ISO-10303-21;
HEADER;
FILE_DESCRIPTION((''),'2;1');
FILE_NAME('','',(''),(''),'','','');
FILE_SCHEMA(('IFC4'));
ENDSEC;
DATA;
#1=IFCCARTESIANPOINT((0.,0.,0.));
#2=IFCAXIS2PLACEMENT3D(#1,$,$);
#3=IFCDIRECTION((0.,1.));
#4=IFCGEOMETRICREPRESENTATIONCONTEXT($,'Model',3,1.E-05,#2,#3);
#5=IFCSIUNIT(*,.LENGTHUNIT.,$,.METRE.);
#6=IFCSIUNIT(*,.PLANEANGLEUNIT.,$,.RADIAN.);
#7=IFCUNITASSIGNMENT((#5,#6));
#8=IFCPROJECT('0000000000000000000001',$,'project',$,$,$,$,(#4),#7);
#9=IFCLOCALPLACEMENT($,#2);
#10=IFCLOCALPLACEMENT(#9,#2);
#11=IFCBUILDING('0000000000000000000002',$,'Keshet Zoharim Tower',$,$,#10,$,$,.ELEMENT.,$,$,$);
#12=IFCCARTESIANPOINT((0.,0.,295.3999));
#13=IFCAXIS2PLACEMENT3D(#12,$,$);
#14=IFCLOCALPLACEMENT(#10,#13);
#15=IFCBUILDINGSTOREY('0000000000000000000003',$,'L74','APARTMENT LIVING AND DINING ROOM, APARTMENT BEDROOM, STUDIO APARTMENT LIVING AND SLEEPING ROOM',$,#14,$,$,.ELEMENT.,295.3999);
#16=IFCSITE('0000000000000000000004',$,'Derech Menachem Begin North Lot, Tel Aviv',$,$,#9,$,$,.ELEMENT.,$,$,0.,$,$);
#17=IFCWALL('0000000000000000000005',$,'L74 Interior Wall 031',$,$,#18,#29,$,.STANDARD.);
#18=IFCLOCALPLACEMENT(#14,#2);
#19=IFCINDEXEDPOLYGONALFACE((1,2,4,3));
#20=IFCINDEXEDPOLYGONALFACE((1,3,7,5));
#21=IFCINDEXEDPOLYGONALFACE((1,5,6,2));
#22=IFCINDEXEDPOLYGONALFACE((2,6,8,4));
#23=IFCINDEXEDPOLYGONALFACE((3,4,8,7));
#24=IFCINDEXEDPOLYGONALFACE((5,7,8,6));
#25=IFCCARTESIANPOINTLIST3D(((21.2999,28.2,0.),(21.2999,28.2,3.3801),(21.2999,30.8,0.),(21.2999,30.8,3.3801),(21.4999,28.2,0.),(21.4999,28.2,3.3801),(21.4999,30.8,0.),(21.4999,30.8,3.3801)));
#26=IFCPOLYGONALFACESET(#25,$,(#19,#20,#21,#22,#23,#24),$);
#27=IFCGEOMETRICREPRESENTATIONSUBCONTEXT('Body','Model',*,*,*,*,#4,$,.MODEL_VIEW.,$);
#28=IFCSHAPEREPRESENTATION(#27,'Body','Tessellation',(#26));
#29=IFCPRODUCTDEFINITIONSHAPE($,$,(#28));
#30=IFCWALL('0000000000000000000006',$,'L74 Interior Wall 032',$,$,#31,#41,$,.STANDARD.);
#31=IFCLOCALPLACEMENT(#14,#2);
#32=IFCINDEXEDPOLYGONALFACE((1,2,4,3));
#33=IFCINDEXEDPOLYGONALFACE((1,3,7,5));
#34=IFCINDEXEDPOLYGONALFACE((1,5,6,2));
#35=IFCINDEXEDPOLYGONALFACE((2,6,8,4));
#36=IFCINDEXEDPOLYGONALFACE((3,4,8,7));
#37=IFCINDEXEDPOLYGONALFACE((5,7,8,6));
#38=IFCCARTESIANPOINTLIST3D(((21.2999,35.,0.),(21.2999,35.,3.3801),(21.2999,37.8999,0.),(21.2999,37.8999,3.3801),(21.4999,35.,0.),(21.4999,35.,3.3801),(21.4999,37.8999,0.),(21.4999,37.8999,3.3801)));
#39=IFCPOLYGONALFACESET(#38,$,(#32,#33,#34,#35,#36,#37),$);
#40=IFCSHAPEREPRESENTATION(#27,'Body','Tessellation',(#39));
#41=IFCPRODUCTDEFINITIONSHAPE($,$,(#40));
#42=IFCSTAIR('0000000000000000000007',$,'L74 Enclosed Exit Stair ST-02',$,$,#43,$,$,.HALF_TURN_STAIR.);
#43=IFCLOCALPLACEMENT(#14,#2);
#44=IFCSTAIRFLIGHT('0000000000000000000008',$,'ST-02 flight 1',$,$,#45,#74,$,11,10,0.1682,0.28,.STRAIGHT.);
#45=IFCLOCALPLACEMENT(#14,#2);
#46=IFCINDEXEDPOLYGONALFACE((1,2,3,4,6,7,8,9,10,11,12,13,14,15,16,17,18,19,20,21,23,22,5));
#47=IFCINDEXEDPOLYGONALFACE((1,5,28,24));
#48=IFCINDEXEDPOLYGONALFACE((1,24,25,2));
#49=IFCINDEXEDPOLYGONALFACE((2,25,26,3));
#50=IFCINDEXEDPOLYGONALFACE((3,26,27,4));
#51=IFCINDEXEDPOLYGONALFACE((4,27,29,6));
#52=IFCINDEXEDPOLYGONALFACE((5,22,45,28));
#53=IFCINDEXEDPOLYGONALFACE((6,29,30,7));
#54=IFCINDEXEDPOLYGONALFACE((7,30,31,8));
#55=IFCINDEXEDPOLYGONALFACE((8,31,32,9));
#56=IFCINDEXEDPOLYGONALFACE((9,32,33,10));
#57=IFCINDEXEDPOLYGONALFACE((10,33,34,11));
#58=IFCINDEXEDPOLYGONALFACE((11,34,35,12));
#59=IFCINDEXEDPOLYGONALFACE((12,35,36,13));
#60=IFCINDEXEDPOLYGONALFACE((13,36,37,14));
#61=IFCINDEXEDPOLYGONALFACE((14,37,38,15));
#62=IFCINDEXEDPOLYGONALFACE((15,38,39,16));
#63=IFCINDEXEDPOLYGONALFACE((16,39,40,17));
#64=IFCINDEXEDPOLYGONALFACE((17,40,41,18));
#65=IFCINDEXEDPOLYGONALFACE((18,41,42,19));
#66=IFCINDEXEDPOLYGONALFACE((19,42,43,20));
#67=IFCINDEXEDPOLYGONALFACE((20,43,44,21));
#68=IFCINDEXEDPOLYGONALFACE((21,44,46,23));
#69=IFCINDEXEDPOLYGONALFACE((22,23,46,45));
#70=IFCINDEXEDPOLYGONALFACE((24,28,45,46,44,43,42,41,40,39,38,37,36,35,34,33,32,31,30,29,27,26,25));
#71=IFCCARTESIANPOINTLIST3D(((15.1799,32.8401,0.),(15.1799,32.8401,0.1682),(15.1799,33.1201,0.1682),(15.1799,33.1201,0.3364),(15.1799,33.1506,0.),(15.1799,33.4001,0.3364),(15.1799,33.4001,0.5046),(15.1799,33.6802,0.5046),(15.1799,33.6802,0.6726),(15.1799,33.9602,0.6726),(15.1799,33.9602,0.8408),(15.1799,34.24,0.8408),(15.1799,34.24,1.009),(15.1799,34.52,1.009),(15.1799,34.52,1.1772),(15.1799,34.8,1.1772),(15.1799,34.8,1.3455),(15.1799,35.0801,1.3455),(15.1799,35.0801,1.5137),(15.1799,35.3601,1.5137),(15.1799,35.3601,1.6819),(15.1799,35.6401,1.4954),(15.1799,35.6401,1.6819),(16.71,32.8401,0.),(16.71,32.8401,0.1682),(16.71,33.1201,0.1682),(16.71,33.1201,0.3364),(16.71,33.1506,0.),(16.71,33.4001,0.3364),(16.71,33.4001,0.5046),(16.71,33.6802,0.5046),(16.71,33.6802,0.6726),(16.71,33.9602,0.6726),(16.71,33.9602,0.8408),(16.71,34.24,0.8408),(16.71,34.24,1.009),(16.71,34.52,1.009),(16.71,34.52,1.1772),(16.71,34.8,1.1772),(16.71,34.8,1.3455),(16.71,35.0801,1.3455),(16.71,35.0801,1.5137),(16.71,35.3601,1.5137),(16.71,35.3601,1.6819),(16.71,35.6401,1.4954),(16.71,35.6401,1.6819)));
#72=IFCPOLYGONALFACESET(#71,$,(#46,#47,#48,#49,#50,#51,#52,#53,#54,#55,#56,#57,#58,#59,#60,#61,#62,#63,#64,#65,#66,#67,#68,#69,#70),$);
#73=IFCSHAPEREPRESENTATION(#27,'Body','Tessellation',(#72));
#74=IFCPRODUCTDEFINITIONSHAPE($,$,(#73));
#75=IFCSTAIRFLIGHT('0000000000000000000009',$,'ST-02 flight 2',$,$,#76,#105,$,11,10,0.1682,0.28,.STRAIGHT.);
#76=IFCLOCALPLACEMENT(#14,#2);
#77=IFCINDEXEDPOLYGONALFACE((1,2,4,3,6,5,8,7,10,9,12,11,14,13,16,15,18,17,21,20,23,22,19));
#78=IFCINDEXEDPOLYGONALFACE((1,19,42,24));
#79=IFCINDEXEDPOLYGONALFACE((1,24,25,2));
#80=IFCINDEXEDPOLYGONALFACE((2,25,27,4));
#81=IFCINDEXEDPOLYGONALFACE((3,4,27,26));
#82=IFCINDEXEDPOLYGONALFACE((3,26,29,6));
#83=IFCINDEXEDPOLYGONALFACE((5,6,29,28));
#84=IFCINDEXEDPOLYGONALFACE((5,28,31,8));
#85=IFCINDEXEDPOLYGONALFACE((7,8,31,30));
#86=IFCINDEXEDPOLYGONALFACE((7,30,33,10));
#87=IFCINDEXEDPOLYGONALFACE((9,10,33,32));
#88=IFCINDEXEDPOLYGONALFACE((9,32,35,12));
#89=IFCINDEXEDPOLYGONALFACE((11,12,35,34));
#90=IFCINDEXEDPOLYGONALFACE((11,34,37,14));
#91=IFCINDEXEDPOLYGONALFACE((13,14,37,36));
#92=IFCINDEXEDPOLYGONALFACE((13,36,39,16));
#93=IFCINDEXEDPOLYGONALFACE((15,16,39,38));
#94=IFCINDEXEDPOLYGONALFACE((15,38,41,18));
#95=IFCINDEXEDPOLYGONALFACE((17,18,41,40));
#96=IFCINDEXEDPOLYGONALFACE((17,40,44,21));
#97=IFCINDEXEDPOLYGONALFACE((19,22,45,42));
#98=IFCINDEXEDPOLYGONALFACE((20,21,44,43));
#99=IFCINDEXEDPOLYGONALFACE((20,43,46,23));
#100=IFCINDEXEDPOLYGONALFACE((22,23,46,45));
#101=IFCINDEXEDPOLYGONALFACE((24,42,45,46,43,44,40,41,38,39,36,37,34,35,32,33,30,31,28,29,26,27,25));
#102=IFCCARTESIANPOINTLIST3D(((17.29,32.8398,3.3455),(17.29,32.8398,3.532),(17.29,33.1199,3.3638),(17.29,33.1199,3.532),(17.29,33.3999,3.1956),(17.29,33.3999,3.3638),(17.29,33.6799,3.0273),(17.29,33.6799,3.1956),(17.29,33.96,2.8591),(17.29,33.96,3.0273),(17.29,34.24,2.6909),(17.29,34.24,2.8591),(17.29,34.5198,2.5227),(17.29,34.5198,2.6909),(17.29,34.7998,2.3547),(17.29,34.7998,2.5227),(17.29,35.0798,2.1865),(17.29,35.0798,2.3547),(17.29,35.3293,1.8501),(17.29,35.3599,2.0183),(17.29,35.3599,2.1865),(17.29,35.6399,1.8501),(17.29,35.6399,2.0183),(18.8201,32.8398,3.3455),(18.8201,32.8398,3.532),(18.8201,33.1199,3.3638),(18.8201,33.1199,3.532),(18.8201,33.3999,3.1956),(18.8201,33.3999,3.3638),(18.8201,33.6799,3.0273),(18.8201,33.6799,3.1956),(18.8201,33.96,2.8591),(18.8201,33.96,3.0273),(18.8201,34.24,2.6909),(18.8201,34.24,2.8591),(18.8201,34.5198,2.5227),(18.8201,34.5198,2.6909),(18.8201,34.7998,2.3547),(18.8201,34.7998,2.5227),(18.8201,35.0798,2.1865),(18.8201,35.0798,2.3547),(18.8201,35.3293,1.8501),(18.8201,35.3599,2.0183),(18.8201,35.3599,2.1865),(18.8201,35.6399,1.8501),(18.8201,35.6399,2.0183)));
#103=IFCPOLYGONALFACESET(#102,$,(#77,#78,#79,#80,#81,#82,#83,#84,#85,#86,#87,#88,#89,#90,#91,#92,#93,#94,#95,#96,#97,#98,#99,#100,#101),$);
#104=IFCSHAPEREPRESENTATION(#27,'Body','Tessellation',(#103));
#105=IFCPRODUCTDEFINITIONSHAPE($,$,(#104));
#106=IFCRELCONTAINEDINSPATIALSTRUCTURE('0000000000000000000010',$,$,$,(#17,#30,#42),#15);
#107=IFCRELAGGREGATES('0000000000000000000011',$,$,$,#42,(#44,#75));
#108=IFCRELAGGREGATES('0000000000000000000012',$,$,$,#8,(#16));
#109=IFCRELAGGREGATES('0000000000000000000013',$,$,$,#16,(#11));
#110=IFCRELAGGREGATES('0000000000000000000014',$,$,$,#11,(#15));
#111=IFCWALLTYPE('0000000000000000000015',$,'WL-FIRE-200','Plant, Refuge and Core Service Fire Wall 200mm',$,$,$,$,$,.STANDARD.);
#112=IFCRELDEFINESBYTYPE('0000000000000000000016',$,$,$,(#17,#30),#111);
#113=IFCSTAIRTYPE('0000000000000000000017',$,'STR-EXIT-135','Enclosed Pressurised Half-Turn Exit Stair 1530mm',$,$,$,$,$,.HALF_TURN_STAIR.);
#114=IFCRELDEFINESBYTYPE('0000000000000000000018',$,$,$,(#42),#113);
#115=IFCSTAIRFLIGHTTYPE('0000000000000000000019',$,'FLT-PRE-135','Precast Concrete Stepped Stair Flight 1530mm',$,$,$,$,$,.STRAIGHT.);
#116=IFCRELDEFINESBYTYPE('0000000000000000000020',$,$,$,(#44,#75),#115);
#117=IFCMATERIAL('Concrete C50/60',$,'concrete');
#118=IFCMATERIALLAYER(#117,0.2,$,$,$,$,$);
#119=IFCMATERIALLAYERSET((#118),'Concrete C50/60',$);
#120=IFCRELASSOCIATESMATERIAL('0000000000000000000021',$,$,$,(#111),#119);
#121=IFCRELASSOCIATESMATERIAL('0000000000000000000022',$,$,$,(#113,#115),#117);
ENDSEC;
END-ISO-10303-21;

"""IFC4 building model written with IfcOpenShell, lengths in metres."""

from ifc_helpers import new_model, si_unit, direction, frame, frame_2d, origin, place, context, subcontext, project, spatial, polyline, rectangle, outline, extrude, material, layer, layer_set, type_object, element, aggregate, save


model = new_model("IFC4")

# Units and contexts
model_context = context("Model", 3, precision=1e-05, world=origin(), true_north=direction((0.0, 1.0)))
body_context = subcontext(model_context, "Body", "Model", "MODEL_VIEW")
ifc_project = project(units=[si_unit("LENGTHUNIT", "METRE"), si_unit("PLANEANGLEUNIT", "RADIAN")], contexts=[model_context])

# Site, building, storey
site_placement = place(None, origin())
site = spatial("IfcSite", under=ifc_project, at=site_placement, Name="Derech Menachem Begin North Lot, Tel Aviv", CompositionType="ELEMENT", RefElevation=0.0)
building_placement = place(site_placement, origin())
building = spatial("IfcBuilding", under=site, at=building_placement, Name="Keshet Zoharim Tower", CompositionType="ELEMENT")
storey_placement = place(building_placement, frame((0.0, 0.0, 295.3999)))
storey = spatial("IfcBuildingStorey", under=building, at=storey_placement, Name="L74", Description="APARTMENT LIVING AND DINING ROOM, APARTMENT BEDROOM, STUDIO APARTMENT LIVING AND SLEEPING ROOM", CompositionType="ELEMENT", Elevation=295.3999)

# Walls
ifc_material_1 = material(Name="Concrete C50/60", Category="concrete")
ifc_layer_1 = layer(ifc_material_1, 0.2)
ifc_layer_set_1 = layer_set([ifc_layer_1], Name="Concrete C50/60")
wall_type_1 = type_object("IfcWallType", Name="WL-FIRE-200", Description="Plant, Refuge and Core Service Fire Wall 200mm", PredefinedType="STANDARD", material=ifc_layer_set_1)
wall_1_placement = place(storey_placement, frame((21.3999, 28.2, 0.0), z_axis=(0.0, 0.0, 1.0), x_axis=(0.0, 1.0, 0.0)))
element("IfcWall", 1, at=wall_1_placement, inside=storey, type_object=wall_type_1, Name="L74 Interior Wall 031", PredefinedType="STANDARD", context=body_context, shape_type="SweptSolid", body=[
    extrude(rectangle(XDim=2.6001, YDim=0.2, at=frame_2d((1.3, 0.0))), origin(), (0.0, 0.0, 1.0), 3.3801),
])
wall_2_placement = place(storey_placement, frame((21.3999, 35.0, 0.0), z_axis=(0.0, 0.0, 1.0), x_axis=(0.0, 1.0, 0.0)))
element("IfcWall", 2, at=wall_2_placement, inside=storey, type_object=wall_type_1, Name="L74 Interior Wall 032", PredefinedType="STANDARD", context=body_context, shape_type="SweptSolid", body=[
    extrude(rectangle(XDim=2.8999, YDim=0.2, at=frame_2d((1.45, 0.0))), origin(), (0.0, 0.0, 1.0), 3.3801),
])

# Stair, stair flights
stair_type = type_object("IfcStairType", Name="STR-EXIT-135", Description="Enclosed Pressurised Half-Turn Exit Stair 1530mm", PredefinedType="HALF_TURN_STAIR", material=ifc_material_1)
stair_placement = place(storey_placement, origin())
stair = element("IfcStair", 3, at=stair_placement, inside=storey, type_object=stair_type, Name="L74 Enclosed Exit Stair ST-02", PredefinedType="HALF_TURN_STAIR")
stair_flight_type = type_object("IfcStairFlightType", Name="FLT-PRE-135", Description="Precast Concrete Stepped Stair Flight 1530mm", PredefinedType="STRAIGHT", material=ifc_material_1)
stair_flight_1_placement = place(storey_placement, frame((15.9451, 32.8401, 0.0), z_axis=(0.0, 0.0, 1.0), x_axis=(0.0, 1.0, 0.0)))
stair_flight_1 = element("IfcStairFlight", 4, at=stair_flight_1_placement, type_object=stair_flight_type, Name="ST-02 flight 1", NumberOfRisers=11, NumberOfTreads=10, PredefinedType="STRAIGHT", RiserHeight=0.1682, TreadLength=0.28, context=body_context, shape_type="SweptSolid", body=[
    extrude(outline(polyline([(0.0, 0.0), (0.0, 0.1682), (0.28, 0.1682), (0.28, 0.3364), (0.5601, 0.3364), (0.5601, 0.5046), (0.8401, 0.5046), (0.8401, 0.6726), (1.1201, 0.6726), (1.1201, 0.8408), (1.3999, 0.8408), (1.3999, 1.009), (1.6799, 1.009), (1.6799, 1.1772), (1.96, 1.1772), (1.96, 1.3455), (2.24, 1.3455), (2.24, 1.5137), (2.52, 1.5137), (2.52, 1.6819), (2.8, 1.6819), (2.8, 1.8501), (2.8, 1.4954), (0.3105, 0.0), (0.0, 0.0)])), frame((0.0, 0.7651, 0.0), z_axis=(0.0, -1.0, 0.0), x_axis=(1.0, 0.0, 0.0)), (0.0, 0.0, 1.0), 1.53),
])
stair_flight_2_placement = place(storey_placement, frame((18.0549, 35.6399, 1.8501), z_axis=(0.0, 0.0, 1.0), x_axis=(0.0, -1.0, 0.0)))
stair_flight_2 = element("IfcStairFlight", 5, at=stair_flight_2_placement, type_object=stair_flight_type, Name="ST-02 flight 2", NumberOfRisers=11, NumberOfTreads=10, PredefinedType="STRAIGHT", RiserHeight=0.1682, TreadLength=0.28, context=body_context, shape_type="SweptSolid", body=[
    extrude(outline(polyline([(0.0, 0.0), (0.0, 0.1682), (0.28, 0.1682), (0.28, 0.3364), (0.5601, 0.3364), (0.5601, 0.5046), (0.8401, 0.5046), (0.8401, 0.6726), (1.1201, 0.6726), (1.1201, 0.8408), (1.3999, 0.8408), (1.3999, 1.009), (1.6799, 1.009), (1.6799, 1.1772), (1.96, 1.1772), (1.96, 1.3455), (2.24, 1.3455), (2.24, 1.5137), (2.52, 1.5137), (2.52, 1.6819), (2.8, 1.6819), (2.8, 1.8501), (2.8, 1.4954), (0.3105, 0.0), (0.0, 0.0)])), frame((0.0, 0.7651, 0.0), z_axis=(0.0, -1.0, 0.0), x_axis=(1.0, 0.0, 0.0)), (0.0, 0.0, 1.0), 1.53),
])
aggregate(stair, [stair_flight_1, stair_flight_2])

save(model, "model.ifc")
